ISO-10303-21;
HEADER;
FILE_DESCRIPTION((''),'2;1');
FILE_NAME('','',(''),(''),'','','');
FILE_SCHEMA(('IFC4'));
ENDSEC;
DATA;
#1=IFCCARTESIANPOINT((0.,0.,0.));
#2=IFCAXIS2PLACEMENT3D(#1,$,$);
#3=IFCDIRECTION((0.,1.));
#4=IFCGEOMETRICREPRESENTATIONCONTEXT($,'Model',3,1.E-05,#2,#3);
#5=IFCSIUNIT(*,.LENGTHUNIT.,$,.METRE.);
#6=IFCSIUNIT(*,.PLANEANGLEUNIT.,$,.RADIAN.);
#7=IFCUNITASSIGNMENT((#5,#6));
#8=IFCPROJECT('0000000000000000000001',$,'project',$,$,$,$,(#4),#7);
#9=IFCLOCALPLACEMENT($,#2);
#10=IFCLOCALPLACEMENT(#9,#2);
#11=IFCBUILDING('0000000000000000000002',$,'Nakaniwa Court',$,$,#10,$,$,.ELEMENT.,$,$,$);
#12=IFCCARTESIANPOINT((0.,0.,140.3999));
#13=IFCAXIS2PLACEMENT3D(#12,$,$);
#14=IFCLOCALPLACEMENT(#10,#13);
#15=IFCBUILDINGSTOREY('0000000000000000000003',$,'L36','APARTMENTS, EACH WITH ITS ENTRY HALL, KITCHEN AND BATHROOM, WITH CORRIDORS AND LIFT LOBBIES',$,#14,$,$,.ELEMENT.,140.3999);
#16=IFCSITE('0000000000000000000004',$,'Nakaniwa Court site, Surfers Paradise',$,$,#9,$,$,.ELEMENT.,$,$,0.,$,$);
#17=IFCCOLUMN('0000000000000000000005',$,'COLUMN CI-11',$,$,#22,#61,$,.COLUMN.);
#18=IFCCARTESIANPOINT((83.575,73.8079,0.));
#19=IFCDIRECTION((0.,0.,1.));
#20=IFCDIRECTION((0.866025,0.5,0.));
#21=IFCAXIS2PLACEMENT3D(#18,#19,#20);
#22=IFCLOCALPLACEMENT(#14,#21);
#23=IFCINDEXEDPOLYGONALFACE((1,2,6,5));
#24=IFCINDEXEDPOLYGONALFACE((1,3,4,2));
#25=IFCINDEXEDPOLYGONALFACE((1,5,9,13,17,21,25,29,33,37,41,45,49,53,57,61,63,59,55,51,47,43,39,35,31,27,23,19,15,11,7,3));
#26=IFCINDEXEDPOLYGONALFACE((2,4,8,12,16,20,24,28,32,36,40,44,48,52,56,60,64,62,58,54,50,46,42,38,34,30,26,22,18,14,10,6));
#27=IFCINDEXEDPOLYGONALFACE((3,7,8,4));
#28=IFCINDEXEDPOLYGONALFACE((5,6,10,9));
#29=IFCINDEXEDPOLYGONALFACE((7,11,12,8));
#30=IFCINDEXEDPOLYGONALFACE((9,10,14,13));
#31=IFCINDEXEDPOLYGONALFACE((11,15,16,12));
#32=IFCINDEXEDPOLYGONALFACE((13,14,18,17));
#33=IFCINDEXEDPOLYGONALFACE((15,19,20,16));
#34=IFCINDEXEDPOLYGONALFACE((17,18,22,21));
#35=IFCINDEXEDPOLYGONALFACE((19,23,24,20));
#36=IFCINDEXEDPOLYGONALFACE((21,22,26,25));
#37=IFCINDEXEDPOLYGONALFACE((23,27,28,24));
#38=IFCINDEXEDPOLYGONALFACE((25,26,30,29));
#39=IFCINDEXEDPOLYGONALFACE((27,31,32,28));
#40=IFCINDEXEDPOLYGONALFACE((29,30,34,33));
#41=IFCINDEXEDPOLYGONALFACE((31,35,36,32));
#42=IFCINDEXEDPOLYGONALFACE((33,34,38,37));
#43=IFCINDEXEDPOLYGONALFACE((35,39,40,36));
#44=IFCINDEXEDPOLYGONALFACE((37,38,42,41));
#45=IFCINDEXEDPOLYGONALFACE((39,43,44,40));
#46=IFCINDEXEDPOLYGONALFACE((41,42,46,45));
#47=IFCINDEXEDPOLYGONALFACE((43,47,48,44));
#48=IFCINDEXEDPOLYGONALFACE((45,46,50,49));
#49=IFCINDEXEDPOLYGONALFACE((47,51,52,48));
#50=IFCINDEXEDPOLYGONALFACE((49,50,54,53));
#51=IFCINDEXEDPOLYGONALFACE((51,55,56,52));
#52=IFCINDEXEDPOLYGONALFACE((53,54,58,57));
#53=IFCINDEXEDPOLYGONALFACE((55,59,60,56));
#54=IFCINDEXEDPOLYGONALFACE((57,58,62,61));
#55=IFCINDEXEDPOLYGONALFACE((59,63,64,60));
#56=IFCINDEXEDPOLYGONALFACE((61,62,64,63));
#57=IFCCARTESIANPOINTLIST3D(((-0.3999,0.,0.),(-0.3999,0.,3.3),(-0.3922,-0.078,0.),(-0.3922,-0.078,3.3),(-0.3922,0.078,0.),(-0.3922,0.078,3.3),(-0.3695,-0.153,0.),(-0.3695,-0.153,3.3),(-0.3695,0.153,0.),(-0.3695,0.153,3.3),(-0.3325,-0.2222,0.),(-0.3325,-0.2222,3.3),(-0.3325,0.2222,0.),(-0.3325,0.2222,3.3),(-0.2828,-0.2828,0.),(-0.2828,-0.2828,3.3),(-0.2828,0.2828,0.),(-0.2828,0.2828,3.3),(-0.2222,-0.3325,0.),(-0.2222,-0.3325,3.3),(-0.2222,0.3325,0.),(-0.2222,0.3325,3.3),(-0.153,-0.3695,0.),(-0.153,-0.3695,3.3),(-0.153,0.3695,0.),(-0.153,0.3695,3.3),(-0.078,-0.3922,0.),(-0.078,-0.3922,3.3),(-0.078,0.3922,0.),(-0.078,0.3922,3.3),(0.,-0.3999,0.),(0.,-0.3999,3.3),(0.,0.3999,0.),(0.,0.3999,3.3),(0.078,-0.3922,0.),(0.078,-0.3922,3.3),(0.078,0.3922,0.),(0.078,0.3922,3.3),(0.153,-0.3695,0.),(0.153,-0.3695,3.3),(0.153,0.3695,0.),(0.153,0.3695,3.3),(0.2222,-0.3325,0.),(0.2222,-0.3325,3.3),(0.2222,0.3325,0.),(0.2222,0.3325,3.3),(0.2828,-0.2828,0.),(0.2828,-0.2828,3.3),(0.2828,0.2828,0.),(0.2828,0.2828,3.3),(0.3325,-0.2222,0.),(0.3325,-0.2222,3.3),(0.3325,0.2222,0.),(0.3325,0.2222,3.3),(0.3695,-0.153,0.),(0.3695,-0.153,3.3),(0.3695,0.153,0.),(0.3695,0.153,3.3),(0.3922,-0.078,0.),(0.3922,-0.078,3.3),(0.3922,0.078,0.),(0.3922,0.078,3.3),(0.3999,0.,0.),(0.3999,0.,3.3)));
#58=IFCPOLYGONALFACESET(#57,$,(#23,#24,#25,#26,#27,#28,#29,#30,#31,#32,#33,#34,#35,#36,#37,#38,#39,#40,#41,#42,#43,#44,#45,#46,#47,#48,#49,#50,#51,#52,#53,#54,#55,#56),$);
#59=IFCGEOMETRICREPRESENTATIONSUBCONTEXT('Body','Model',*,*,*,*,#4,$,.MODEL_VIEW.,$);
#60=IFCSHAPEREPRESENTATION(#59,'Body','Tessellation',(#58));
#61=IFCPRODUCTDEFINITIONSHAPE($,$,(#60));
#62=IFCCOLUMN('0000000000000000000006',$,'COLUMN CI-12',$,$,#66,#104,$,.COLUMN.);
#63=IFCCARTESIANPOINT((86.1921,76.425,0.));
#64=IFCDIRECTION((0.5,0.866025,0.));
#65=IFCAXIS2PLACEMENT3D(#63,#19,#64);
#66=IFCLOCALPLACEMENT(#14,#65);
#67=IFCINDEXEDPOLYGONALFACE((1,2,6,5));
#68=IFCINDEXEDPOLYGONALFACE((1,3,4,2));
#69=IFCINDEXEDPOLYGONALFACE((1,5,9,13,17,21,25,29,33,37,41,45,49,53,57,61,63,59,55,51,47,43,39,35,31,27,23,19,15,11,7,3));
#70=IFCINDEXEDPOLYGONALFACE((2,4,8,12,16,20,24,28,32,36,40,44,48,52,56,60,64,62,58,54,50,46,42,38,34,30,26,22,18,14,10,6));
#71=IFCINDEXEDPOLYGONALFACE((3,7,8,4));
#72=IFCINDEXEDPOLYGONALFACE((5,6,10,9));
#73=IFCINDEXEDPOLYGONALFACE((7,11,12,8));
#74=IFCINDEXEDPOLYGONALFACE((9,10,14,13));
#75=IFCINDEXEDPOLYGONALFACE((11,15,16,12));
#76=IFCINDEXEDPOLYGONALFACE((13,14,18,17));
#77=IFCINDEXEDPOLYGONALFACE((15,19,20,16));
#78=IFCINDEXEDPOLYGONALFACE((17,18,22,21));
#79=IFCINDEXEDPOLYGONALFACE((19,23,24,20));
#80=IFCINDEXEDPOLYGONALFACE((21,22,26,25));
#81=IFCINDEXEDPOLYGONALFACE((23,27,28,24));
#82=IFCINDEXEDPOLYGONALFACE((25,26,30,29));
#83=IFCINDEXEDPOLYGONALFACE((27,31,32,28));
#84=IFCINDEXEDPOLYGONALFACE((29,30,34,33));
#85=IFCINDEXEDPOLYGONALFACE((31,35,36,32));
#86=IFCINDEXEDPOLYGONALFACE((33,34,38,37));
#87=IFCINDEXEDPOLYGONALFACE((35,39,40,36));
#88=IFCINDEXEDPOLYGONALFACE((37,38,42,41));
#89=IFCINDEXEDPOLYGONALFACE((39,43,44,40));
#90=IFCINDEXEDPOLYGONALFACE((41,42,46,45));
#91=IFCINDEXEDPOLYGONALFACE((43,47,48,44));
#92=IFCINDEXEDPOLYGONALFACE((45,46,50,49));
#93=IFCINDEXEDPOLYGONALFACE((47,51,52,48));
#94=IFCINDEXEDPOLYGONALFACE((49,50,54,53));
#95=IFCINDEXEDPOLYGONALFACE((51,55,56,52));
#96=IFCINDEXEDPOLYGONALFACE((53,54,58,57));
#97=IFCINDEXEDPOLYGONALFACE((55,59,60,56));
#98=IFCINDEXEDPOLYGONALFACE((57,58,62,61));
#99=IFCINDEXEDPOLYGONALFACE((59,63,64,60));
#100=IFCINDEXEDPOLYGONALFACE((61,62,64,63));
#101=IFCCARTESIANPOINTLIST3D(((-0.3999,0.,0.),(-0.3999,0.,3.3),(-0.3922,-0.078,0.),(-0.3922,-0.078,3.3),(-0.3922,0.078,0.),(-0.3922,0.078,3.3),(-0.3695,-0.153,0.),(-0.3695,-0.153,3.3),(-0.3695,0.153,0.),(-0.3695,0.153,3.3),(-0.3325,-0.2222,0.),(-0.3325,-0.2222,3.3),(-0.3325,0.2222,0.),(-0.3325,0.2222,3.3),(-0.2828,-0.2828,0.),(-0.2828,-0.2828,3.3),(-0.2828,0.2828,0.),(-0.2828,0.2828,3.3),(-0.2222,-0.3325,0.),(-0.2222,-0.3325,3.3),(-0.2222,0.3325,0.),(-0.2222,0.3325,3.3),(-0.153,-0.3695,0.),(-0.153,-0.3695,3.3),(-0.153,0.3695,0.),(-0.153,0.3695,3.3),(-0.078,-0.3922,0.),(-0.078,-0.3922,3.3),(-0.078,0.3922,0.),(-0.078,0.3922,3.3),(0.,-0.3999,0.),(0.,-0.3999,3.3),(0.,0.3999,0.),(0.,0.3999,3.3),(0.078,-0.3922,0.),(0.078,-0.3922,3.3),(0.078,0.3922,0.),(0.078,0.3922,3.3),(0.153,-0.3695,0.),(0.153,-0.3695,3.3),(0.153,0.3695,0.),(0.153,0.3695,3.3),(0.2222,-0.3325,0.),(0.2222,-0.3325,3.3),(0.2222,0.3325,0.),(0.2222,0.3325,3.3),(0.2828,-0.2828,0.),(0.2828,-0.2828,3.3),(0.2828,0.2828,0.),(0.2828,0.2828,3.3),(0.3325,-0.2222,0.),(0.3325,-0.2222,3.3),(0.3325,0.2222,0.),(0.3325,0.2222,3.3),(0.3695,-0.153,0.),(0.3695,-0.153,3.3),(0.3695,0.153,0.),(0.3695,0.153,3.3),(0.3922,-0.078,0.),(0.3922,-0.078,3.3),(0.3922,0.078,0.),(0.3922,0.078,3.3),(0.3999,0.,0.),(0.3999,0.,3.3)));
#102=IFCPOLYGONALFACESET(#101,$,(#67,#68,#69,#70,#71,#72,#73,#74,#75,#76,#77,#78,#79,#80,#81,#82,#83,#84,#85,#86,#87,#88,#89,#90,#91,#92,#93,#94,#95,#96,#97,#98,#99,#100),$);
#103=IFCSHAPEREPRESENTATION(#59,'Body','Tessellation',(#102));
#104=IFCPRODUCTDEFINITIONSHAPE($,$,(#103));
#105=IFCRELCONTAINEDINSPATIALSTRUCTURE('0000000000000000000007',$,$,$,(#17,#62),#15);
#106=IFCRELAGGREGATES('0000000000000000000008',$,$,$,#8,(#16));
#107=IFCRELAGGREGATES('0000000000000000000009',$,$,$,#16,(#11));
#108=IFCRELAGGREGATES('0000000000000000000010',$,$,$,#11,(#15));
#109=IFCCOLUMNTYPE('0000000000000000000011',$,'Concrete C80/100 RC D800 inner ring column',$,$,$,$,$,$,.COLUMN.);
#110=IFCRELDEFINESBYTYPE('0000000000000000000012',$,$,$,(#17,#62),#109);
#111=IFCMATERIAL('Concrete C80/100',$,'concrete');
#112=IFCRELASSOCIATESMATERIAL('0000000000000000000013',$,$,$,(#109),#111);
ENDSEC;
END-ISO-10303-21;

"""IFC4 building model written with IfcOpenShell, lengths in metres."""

from ifc_helpers import new_model, si_unit, direction, frame, origin, origin_2d, place, context, subcontext, project, spatial, circle, extrude, material, material_profile, profile_set, type_object, element, save


model = new_model("IFC4")

# Units and contexts
model_context = context("Model", 3, precision=1e-05, world=origin(), true_north=direction((0.0, 1.0)))
body_context = subcontext(model_context, "Body", "Model", "MODEL_VIEW")
ifc_project = project(units=[si_unit("LENGTHUNIT", "METRE"), si_unit("PLANEANGLEUNIT", "RADIAN")], contexts=[model_context])

# Site, building, storey
site_placement = place(None, origin())
site = spatial("IfcSite", under=ifc_project, at=site_placement, Name="Nakaniwa Court site, Surfers Paradise", CompositionType="ELEMENT", RefElevation=0.0)
building_placement = place(site_placement, origin())
building = spatial("IfcBuilding", under=site, at=building_placement, Name="Nakaniwa Court", CompositionType="ELEMENT")
storey_placement = place(building_placement, frame((0.0, 0.0, 140.3999)))
storey = spatial("IfcBuildingStorey", under=building, at=storey_placement, Name="L36", Description="APARTMENTS, EACH WITH ITS ENTRY HALL, KITCHEN AND BATHROOM, WITH CORRIDORS AND LIFT LOBBIES", CompositionType="ELEMENT", Elevation=140.3999)

# Columns
ifc_material_1 = material(Name="Concrete C80/100", Category="concrete")
ifc_material_profile_1 = material_profile(ifc_material_1, circle(Radius=0.3999, at=origin_2d()), Name="Concrete C80/100 RC D800 inner ring column")
ifc_profile_set_1 = profile_set([ifc_material_profile_1], Name="Concrete C80/100")
column_type = type_object("IfcColumnType", Name="Concrete C80/100 RC D800 inner ring column", PredefinedType="COLUMN", material=ifc_profile_set_1)
for number, where, z_axis, x_axis, name in (
    (1, (83.575, 73.8079, 0.0), (0.0, 0.0, 1.0), (0.866025, 0.5, 0.0), "COLUMN CI-11"),
    (2, (86.1921, 76.425, 0.0), (0.0, 0.0, 1.0), (0.5, 0.866025, 0.0), "COLUMN CI-12"),
):
    element("IfcColumn", number, at=place(storey_placement, frame(where, z_axis=z_axis, x_axis=x_axis)), inside=storey, type_object=column_type, Name=name, PredefinedType="COLUMN", context=body_context, shape_type="SweptSolid", body=[
        extrude(circle(Radius=0.3999, at=origin_2d()), origin(), (0.0, 0.0, 1.0), 3.3),
    ])

save(model, "model.ifc")
